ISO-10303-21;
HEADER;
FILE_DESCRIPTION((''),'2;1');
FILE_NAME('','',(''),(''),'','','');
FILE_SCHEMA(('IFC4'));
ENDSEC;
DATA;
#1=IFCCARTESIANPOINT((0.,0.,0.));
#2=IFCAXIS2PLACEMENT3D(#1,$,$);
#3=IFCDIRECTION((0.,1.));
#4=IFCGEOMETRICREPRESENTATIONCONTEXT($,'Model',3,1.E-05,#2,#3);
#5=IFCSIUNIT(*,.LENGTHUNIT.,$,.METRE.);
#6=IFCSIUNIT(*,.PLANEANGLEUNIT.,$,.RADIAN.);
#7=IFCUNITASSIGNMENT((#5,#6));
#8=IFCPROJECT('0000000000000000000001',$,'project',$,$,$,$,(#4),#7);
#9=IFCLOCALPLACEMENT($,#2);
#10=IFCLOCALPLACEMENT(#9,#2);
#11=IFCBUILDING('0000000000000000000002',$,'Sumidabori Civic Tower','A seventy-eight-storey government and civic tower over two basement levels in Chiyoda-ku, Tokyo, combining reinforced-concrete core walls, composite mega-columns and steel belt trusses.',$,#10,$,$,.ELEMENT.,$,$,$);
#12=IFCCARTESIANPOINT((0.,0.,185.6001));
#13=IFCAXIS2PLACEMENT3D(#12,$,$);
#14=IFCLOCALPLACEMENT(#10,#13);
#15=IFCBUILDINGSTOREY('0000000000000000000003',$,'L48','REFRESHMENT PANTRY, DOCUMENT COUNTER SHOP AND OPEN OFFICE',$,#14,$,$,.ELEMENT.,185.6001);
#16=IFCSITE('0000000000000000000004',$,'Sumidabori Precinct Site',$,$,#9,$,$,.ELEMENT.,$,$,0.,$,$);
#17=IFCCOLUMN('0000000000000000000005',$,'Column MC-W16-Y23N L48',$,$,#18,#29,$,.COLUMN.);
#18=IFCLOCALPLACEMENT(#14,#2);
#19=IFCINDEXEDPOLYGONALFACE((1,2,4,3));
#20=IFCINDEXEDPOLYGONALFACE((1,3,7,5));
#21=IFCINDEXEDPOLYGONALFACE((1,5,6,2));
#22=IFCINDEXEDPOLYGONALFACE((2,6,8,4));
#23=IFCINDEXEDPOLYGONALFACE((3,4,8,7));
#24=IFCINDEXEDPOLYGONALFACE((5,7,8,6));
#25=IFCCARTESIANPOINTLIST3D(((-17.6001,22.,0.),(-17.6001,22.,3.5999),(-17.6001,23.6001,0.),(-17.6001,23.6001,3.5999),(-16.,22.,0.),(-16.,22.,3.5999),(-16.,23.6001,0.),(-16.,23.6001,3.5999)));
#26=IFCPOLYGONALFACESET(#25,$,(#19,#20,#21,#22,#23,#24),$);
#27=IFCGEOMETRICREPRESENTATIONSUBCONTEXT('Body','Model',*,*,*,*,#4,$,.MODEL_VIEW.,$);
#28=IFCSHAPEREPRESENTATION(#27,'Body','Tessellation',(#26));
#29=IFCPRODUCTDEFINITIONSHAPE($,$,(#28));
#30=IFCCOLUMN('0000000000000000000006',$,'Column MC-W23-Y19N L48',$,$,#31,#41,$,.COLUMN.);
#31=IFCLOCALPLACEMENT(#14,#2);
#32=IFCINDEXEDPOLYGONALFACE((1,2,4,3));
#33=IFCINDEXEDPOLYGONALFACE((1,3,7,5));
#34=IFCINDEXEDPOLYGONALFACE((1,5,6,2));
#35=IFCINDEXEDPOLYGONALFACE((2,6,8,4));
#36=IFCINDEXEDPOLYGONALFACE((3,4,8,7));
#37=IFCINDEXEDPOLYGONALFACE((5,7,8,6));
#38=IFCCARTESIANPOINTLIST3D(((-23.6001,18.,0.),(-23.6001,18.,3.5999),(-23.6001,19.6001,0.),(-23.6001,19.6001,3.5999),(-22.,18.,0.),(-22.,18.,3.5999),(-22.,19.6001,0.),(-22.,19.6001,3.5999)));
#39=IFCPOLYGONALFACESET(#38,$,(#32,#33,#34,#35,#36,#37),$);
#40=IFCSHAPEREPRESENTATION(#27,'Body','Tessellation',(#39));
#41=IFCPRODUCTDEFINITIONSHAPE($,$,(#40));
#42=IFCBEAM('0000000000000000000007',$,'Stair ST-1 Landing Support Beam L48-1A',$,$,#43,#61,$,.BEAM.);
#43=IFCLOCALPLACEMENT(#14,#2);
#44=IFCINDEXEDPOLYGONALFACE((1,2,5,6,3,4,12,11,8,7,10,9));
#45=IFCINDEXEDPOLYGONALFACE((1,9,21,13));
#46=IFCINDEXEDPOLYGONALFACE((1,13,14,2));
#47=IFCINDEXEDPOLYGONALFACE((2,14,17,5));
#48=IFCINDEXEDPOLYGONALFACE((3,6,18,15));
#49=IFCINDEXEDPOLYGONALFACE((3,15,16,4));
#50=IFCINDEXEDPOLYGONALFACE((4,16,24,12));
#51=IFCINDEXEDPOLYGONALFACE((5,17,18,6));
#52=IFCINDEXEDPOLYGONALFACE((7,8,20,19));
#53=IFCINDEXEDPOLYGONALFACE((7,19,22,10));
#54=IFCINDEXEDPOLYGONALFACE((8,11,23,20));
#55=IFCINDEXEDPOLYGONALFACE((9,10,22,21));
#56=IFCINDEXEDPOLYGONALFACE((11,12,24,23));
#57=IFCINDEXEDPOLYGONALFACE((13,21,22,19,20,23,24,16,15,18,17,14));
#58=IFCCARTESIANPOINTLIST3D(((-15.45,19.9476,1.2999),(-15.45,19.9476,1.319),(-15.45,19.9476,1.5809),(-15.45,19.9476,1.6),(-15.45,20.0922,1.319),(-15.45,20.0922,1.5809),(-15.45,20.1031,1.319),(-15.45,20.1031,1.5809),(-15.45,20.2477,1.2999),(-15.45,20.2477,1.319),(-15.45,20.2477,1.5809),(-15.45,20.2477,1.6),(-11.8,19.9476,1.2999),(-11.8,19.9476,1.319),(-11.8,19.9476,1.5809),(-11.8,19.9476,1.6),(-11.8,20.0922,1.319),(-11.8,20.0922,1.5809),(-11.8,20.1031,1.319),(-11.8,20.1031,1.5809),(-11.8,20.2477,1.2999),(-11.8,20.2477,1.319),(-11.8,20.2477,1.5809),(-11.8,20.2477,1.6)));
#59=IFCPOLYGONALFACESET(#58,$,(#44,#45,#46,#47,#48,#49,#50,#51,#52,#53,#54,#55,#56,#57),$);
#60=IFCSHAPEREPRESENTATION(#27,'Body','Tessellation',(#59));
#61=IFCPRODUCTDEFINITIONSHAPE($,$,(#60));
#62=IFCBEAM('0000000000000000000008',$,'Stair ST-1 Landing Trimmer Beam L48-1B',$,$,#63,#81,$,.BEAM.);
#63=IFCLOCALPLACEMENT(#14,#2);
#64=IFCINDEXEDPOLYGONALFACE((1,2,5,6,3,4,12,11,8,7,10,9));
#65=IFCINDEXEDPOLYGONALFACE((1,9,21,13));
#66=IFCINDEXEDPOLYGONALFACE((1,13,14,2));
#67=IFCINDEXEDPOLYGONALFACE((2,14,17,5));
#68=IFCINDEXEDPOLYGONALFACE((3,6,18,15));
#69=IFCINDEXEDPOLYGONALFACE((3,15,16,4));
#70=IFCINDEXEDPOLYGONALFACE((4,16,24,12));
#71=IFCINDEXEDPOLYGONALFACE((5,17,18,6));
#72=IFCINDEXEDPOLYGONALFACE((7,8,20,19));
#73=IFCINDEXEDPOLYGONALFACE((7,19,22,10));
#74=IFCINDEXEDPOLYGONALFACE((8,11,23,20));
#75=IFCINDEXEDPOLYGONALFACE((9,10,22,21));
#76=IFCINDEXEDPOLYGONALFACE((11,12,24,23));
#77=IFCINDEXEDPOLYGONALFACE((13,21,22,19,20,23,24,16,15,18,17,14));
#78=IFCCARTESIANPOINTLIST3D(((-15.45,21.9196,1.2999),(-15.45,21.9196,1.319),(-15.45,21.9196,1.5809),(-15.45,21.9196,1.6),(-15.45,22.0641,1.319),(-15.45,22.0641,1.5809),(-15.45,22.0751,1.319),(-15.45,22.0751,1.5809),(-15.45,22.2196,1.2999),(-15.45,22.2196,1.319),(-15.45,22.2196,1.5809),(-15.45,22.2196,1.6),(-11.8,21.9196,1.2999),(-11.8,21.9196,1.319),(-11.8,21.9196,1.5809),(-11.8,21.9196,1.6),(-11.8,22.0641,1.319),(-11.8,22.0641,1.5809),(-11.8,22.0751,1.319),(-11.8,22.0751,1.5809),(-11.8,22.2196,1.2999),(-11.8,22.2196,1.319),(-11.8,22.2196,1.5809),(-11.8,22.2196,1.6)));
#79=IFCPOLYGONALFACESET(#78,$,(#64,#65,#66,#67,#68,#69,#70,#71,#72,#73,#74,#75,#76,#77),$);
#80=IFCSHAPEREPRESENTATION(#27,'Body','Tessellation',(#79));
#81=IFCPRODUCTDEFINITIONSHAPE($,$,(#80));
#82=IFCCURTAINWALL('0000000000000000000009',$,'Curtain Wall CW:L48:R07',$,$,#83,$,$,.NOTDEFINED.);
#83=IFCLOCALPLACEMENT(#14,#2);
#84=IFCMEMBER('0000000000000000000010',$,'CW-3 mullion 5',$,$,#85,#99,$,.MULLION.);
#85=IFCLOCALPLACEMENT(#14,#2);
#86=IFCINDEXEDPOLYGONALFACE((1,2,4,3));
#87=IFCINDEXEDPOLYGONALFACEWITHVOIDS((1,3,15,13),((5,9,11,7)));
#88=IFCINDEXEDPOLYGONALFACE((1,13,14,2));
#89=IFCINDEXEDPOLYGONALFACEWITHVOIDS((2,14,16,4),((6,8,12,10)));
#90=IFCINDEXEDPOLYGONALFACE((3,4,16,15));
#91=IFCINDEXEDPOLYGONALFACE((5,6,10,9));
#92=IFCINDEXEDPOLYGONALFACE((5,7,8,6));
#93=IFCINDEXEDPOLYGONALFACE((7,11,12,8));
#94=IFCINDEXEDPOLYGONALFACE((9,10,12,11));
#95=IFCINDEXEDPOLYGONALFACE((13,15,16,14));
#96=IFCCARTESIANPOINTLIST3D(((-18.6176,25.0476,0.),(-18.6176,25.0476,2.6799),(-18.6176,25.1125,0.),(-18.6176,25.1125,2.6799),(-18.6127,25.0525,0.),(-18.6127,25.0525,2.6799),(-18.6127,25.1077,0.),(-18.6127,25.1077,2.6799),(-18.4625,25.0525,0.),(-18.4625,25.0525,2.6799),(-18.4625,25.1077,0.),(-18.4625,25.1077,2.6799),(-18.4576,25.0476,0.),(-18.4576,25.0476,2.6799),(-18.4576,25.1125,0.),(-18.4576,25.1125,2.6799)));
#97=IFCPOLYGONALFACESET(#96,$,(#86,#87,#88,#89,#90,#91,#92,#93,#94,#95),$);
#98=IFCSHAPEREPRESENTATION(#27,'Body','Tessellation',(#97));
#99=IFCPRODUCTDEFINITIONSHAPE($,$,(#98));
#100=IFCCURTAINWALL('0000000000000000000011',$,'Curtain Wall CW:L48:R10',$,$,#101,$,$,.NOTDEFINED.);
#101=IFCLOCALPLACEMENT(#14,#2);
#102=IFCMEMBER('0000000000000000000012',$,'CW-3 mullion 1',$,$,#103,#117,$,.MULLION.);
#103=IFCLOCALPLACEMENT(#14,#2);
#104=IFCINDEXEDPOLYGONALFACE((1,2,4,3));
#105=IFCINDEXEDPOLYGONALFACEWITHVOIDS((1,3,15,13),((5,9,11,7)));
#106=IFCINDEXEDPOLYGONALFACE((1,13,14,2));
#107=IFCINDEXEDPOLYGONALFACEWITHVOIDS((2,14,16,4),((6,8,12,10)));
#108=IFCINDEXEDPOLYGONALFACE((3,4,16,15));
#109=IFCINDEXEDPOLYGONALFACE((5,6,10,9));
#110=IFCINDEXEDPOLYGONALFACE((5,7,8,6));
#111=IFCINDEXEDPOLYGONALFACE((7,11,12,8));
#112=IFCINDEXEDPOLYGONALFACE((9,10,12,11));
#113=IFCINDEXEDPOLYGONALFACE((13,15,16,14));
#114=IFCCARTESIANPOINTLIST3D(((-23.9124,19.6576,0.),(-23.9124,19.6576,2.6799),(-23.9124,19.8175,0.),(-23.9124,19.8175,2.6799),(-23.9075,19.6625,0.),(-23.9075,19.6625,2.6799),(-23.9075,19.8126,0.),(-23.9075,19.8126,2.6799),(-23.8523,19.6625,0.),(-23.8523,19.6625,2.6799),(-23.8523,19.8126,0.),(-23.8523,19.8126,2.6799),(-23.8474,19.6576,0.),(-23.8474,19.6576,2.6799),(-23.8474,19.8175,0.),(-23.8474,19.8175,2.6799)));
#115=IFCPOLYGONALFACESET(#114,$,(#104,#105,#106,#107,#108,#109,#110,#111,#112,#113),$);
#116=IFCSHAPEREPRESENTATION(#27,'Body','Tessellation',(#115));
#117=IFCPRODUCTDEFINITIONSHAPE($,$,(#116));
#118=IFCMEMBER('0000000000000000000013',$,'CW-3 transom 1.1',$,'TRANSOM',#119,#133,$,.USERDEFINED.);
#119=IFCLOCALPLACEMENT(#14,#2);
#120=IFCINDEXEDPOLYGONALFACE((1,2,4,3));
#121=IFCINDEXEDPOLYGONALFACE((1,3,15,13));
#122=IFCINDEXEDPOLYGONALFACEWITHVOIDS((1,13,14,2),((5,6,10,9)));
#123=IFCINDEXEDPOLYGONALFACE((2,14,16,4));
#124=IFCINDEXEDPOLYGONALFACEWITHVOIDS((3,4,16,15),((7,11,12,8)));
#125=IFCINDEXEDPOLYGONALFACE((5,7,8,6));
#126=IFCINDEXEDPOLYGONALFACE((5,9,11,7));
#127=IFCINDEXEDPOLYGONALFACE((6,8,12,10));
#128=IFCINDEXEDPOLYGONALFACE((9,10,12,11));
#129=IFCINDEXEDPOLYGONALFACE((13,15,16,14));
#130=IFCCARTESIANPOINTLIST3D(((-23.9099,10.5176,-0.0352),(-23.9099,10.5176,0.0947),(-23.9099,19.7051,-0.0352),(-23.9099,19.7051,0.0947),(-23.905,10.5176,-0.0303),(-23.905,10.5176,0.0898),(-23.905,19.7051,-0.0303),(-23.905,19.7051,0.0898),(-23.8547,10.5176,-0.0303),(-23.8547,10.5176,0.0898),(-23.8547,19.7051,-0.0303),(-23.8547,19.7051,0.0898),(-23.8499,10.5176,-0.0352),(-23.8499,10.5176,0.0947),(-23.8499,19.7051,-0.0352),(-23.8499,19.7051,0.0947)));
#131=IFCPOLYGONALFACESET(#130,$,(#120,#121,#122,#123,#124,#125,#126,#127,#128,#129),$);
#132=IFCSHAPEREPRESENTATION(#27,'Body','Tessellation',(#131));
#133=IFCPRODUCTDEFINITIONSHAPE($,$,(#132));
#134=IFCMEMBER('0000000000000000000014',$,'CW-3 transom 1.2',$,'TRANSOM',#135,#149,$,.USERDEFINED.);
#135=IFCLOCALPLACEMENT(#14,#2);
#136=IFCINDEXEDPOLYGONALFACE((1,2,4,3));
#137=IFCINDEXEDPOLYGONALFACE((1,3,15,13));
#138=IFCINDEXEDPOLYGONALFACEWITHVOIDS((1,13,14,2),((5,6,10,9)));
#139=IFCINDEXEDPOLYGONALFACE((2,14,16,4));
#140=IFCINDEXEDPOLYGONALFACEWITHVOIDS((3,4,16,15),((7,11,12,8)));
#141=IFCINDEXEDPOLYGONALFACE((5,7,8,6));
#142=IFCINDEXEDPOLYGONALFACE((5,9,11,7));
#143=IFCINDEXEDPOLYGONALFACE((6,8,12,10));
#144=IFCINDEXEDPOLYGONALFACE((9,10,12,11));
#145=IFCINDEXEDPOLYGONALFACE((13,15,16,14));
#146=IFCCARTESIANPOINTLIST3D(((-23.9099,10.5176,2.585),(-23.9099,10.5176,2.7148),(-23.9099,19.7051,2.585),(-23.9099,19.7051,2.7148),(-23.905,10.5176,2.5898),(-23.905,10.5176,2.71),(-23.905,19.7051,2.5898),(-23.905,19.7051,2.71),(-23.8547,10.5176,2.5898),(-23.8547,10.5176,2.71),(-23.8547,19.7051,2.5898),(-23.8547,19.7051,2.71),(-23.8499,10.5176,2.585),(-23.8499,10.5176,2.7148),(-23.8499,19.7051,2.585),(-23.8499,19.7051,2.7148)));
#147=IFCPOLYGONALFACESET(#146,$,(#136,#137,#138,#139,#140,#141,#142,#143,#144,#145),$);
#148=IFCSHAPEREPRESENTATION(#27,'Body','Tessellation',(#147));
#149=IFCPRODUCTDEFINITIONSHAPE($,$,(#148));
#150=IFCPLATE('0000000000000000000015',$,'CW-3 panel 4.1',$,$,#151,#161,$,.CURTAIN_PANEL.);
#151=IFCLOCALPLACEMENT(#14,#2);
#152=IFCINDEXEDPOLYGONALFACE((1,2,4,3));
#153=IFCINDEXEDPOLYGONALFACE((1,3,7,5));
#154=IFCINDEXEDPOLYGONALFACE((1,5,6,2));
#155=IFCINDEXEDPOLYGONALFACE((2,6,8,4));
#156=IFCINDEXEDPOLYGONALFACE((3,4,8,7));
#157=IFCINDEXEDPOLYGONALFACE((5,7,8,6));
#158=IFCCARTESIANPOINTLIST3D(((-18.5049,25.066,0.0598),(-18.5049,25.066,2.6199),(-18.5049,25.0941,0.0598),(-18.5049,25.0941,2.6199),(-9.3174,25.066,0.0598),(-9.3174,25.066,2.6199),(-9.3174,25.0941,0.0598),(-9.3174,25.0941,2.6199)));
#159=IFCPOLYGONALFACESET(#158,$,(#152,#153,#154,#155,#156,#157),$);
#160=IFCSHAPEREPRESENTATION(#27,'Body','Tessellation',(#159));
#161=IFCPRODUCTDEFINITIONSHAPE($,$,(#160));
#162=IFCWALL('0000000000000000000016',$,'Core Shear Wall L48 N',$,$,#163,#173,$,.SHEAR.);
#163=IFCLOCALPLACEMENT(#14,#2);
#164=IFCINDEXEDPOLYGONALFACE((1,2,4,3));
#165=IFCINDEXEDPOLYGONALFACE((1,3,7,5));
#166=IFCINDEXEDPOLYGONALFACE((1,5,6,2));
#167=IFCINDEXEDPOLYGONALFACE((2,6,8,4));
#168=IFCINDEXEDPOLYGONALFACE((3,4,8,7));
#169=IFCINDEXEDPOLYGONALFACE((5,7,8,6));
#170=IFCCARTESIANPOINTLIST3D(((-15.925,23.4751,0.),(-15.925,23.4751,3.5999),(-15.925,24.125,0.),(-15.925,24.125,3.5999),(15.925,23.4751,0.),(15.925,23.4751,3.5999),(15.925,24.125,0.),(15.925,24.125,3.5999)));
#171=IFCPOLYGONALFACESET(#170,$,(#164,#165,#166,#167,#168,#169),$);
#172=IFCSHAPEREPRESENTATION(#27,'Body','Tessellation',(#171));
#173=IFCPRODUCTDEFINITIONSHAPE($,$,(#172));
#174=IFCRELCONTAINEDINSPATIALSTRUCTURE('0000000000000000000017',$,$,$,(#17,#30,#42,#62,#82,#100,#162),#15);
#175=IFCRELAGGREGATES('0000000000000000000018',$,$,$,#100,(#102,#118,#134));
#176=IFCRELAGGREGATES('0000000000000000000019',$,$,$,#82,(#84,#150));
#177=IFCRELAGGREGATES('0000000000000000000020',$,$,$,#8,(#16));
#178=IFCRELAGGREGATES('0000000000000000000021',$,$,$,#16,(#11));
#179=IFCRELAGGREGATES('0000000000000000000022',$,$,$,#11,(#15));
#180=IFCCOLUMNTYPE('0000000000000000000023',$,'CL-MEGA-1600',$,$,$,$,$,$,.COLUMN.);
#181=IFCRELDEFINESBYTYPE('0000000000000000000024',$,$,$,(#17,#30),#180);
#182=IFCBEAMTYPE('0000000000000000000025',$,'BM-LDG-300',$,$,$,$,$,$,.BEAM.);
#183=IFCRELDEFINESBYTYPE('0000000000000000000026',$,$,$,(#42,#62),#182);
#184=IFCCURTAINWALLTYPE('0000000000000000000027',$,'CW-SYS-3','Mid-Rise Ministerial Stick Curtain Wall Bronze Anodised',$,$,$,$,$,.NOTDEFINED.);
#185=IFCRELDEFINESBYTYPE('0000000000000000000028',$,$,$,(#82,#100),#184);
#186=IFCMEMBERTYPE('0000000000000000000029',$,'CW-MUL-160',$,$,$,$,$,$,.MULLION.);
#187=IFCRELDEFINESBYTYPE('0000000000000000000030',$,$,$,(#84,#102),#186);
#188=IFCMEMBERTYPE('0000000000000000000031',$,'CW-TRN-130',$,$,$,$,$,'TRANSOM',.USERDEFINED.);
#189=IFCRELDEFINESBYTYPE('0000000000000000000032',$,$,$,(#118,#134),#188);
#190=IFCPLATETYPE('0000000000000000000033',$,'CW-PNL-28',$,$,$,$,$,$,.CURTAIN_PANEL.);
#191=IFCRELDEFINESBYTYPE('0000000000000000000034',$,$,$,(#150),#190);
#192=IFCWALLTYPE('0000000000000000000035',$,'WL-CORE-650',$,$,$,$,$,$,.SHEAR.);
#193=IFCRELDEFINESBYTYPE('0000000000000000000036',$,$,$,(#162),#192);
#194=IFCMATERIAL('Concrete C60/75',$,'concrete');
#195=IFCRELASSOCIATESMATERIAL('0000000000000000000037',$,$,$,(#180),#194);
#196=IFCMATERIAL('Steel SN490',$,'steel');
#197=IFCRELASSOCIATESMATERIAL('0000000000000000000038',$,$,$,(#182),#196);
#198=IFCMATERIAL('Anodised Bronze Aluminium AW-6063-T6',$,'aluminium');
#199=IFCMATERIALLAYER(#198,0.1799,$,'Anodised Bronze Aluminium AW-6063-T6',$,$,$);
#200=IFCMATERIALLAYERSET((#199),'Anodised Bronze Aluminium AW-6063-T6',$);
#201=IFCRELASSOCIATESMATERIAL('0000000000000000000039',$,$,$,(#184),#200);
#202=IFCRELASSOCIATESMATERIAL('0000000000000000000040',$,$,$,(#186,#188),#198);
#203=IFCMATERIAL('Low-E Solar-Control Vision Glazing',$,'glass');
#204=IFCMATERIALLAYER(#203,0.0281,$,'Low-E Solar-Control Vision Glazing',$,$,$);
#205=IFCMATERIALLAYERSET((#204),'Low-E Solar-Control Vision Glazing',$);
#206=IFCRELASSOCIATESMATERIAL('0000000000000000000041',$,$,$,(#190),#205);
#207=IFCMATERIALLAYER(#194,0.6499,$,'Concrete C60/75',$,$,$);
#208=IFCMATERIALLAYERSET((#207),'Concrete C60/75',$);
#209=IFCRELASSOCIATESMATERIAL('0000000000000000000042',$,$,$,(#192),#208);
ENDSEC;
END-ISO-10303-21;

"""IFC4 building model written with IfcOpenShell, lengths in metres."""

from ifc_helpers import new_model, si_unit, direction, frame, frame_2d, origin, origin_2d, place, context, subcontext, project, spatial, rectangle, hollow_rectangle, i_section, extrude, source, transform, mapped, material, layer, layer_set, material_profile, profile_set, type_object, element, aggregate, save


model = new_model("IFC4")

# Units and contexts
model_context = context("Model", 3, precision=1e-05, world=origin(), true_north=direction((0.0, 1.0)))
body_context = subcontext(model_context, "Body", "Model", "MODEL_VIEW")
ifc_project = project(units=[si_unit("LENGTHUNIT", "METRE"), si_unit("PLANEANGLEUNIT", "RADIAN")], contexts=[model_context])

# Site, building, storey
site_placement = place(None, origin())
site = spatial("IfcSite", under=ifc_project, at=site_placement, Name="Sumidabori Precinct Site", CompositionType="ELEMENT", RefElevation=0.0)
building_placement = place(site_placement, origin())
building = spatial("IfcBuilding", under=site, at=building_placement, Name="Sumidabori Civic Tower", Description="A seventy-eight-storey government and civic tower over two basement levels in Chiyoda-ku, Tokyo, combining reinforced-concrete core walls, composite mega-columns and steel belt trusses.", CompositionType="ELEMENT")
storey_placement = place(building_placement, frame((0.0, 0.0, 185.6001)))
storey = spatial("IfcBuildingStorey", under=building, at=storey_placement, Name="L48", Description="REFRESHMENT PANTRY, DOCUMENT COUNTER SHOP AND OPEN OFFICE", CompositionType="ELEMENT", Elevation=185.6001)

# Columns
ifc_material_1 = material(Name="Concrete C60/75", Category="concrete")
ifc_material_profile_1 = material_profile(ifc_material_1, rectangle(XDim=1.6001, YDim=1.6001, at=origin_2d()), Name="RC 1600x1600")
ifc_profile_set_1 = profile_set([ifc_material_profile_1], Name="Concrete C60/75")
column_type = type_object("IfcColumnType", Name="CL-MEGA-1600", PredefinedType="COLUMN", material=ifc_profile_set_1)
shared_shape_1 = source(origin(), body_context, "Body", "SweptSolid", [
    extrude(rectangle(XDim=1.6001, YDim=1.6001, at=origin_2d()), origin(), (0.0, 0.0, 1.0), 3.5999),
])
for number, where, z_axis, x_axis, name in (
    (1, (-16.8, 22.8, 0.0), (0.0, 0.0, 1.0), (1.0, 0.0, 0.0), "Column MC-W16-Y23N L48"),
    (2, (-22.8, 18.8, 0.0), (0.0, 0.0, 1.0), (1.0, 0.0, 0.0), "Column MC-W23-Y19N L48"),
):
    element("IfcColumn", number, at=place(storey_placement, frame(where, z_axis=z_axis, x_axis=x_axis)), inside=storey, type_object=column_type, Name=name, PredefinedType="COLUMN", context=body_context, shape_type="MappedRepresentation", body=[
        mapped(shared_shape_1, transform((0.0, 0.0, 0.0), x_axis=(1.0, 0.0, 0.0), y_axis=(0.0, 1.0, 0.0), z_axis=(0.0, 0.0, 1.0), scale=1.0)),
    ])

# Beams
ifc_material_2 = material(Name="Steel SN490", Category="steel")
ifc_material_profile_2 = material_profile(ifc_material_2, i_section(OverallWidth=0.3, OverallDepth=0.3, WebThickness=0.011, FlangeThickness=0.019, at=origin_2d()), Name="HE 300 B")
ifc_profile_set_2 = profile_set([ifc_material_profile_2], Name="Steel SN490")
beam_type = type_object("IfcBeamType", Name="BM-LDG-300", PredefinedType="BEAM", material=ifc_profile_set_2)
shared_shape_2 = source(origin(), body_context, "Body", "SweptSolid", [
    extrude(i_section(OverallWidth=0.3, OverallDepth=0.3, WebThickness=0.011, FlangeThickness=0.019, at=origin_2d()), origin(), (0.0, 0.0, 1.0), 3.6499),
])
for number, where, z_axis, x_axis, name in (
    (3, (-15.45, 20.0977, 1.45), (1.0, 0.0, 0.0), (0.0, 1.0, 0.0), "Stair ST-1 Landing Support Beam L48-1A"),
    (4, (-15.45, 22.0696, 1.45), (1.0, 0.0, 0.0), (0.0, 1.0, 0.0), "Stair ST-1 Landing Trimmer Beam L48-1B"),
):
    element("IfcBeam", number, at=place(storey_placement, frame(where, z_axis=z_axis, x_axis=x_axis)), inside=storey, type_object=beam_type, Name=name, PredefinedType="BEAM", context=body_context, shape_type="MappedRepresentation", body=[
        mapped(shared_shape_2, transform((0.0, 0.0, 0.0), x_axis=(1.0, 0.0, 0.0), y_axis=(0.0, 1.0, 0.0), z_axis=(0.0, 0.0, 1.0), scale=1.0)),
    ])

# Curtain wall, member
ifc_material_3 = material(Name="Anodised Bronze Aluminium AW-6063-T6", Category="aluminium")
ifc_layer_1 = layer(ifc_material_3, 0.1799, Name="Anodised Bronze Aluminium AW-6063-T6")
ifc_layer_set_1 = layer_set([ifc_layer_1], Name="Anodised Bronze Aluminium AW-6063-T6")
curtain_wall_type = type_object("IfcCurtainWallType", Name="CW-SYS-3", Description="Mid-Rise Ministerial Stick Curtain Wall Bronze Anodised", PredefinedType="NOTDEFINED", material=ifc_layer_set_1)
curtain_wall_1_placement = place(storey_placement, origin())
curtain_wall_1 = element("IfcCurtainWall", 5, at=curtain_wall_1_placement, inside=storey, type_object=curtain_wall_type, Name="Curtain Wall CW:L48:R07", PredefinedType="NOTDEFINED")
ifc_material_profile_3 = material_profile(ifc_material_3, hollow_rectangle(XDim=0.0649, YDim=0.1599, WallThickness=0.0049, at=origin_2d()), Name="ALU MULLION 160x65")
ifc_profile_set_3 = profile_set([ifc_material_profile_3], Name="Anodised Bronze Aluminium AW-6063-T6")
member_type_1 = type_object("IfcMemberType", Name="CW-MUL-160", PredefinedType="MULLION", material=ifc_profile_set_3)
shared_shape_3 = source(origin(), body_context, "Body", "SweptSolid", [
    extrude(hollow_rectangle(XDim=0.0649, YDim=0.1599, WallThickness=0.0049, at=origin_2d()), origin(), (0.0, 0.0, 1.0), 2.6799),
])
member_1_placement = place(storey_placement, frame((-18.5376, 25.0801, 0.0), z_axis=(0.0, 0.0, 1.0), x_axis=(0.0, -1.0, 0.0)))
member_1 = element("IfcMember", 6, at=member_1_placement, type_object=member_type_1, Name="CW-3 mullion 5", PredefinedType="MULLION", context=body_context, shape_type="MappedRepresentation", body=[
    mapped(shared_shape_3, transform((0.0, 0.0, 0.0), x_axis=(1.0, 0.0, 0.0), y_axis=(0.0, 1.0, 0.0), z_axis=(0.0, 0.0, 1.0), scale=1.0)),
])

# Curtain wall, members
curtain_wall_2_placement = place(storey_placement, origin())
curtain_wall_2 = element("IfcCurtainWall", 7, at=curtain_wall_2_placement, inside=storey, type_object=curtain_wall_type, Name="Curtain Wall CW:L48:R10", PredefinedType="NOTDEFINED")
member_2_placement = place(storey_placement, frame((-23.8799, 19.7375, 0.0), z_axis=(0.0, 0.0, 1.0), x_axis=(1.0, 0.0, 0.0)))
member_2 = element("IfcMember", 8, at=member_2_placement, type_object=member_type_1, Name="CW-3 mullion 1", PredefinedType="MULLION", context=body_context, shape_type="MappedRepresentation", body=[
    mapped(shared_shape_3, transform((0.0, 0.0, 0.0), x_axis=(1.0, 0.0, 0.0), y_axis=(0.0, 1.0, 0.0), z_axis=(0.0, 0.0, 1.0), scale=1.0)),
])
ifc_material_profile_4 = material_profile(ifc_material_3, hollow_rectangle(XDim=0.0601, YDim=0.1299, WallThickness=0.0049, at=origin_2d()), Name="ALU TRANSOM 130x60")
ifc_profile_set_4 = profile_set([ifc_material_profile_4], Name="Anodised Bronze Aluminium AW-6063-T6")
member_type_2 = type_object("IfcMemberType", Name="CW-TRN-130", ElementType="TRANSOM", PredefinedType="USERDEFINED", material=ifc_profile_set_4)
shared_shape_4 = source(origin(), body_context, "Body", "SweptSolid", [
    extrude(hollow_rectangle(XDim=0.0601, YDim=0.1299, WallThickness=0.0049, at=origin_2d()), origin(), (0.0, 0.0, 1.0), 9.1875),
])
member_3_placement = place(storey_placement, frame((-23.8799, 19.7051, 0.0298), z_axis=(0.0, -1.0, 0.0), x_axis=(1.0, 0.0, 0.0)))
member_3 = element("IfcMember", 9, at=member_3_placement, type_object=member_type_2, Name="CW-3 transom 1.1", ObjectType="TRANSOM", PredefinedType="USERDEFINED", context=body_context, shape_type="MappedRepresentation", body=[
    mapped(shared_shape_4, transform((0.0, 0.0, 0.0), x_axis=(1.0, 0.0, 0.0), y_axis=(0.0, 1.0, 0.0), z_axis=(0.0, 0.0, 1.0), scale=1.0)),
])
member_4_placement = place(storey_placement, frame((-23.8799, 19.7051, 2.6499), z_axis=(0.0, -1.0, 0.0), x_axis=(1.0, 0.0, 0.0)))
member_4 = element("IfcMember", 10, at=member_4_placement, type_object=member_type_2, Name="CW-3 transom 1.2", ObjectType="TRANSOM", PredefinedType="USERDEFINED", context=body_context, shape_type="MappedRepresentation", body=[
    mapped(shared_shape_4, transform((0.0, 0.0, 0.0), x_axis=(1.0, 0.0, 0.0), y_axis=(0.0, 1.0, 0.0), z_axis=(0.0, 0.0, 1.0), scale=1.0)),
])
aggregate(curtain_wall_2, [member_2, member_3, member_4])

# Plate
ifc_material_4 = material(Name="Low-E Solar-Control Vision Glazing", Category="glass")
ifc_layer_2 = layer(ifc_material_4, 0.0281, Name="Low-E Solar-Control Vision Glazing")
ifc_layer_set_2 = layer_set([ifc_layer_2], Name="Low-E Solar-Control Vision Glazing")
plate_type = type_object("IfcPlateType", Name="CW-PNL-28", PredefinedType="CURTAIN_PANEL", material=ifc_layer_set_2)
shared_shape_5 = source(origin(), body_context, "Body", "SweptSolid", [
    extrude(rectangle(XDim=9.1875, YDim=0.0281, at=origin_2d()), origin(), (0.0, 0.0, 1.0), 2.5601),
])
plate_placement = place(storey_placement, frame((-13.9111, 25.0801, 0.0598), z_axis=(0.0, 0.0, 1.0), x_axis=(-1.0, 0.0, 0.0)))
plate = element("IfcPlate", 11, at=plate_placement, type_object=plate_type, Name="CW-3 panel 4.1", PredefinedType="CURTAIN_PANEL", context=body_context, shape_type="MappedRepresentation", body=[
    mapped(shared_shape_5, transform((0.0, 0.0, 0.0), x_axis=(1.0, 0.0, 0.0), y_axis=(0.0, 1.0, 0.0), z_axis=(0.0, 0.0, 1.0), scale=1.0)),
])
aggregate(curtain_wall_1, [member_1, plate])

# Wall
ifc_layer_3 = layer(ifc_material_1, 0.6499, Name="Concrete C60/75")
ifc_layer_set_3 = layer_set([ifc_layer_3], Name="Concrete C60/75")
wall_type_1 = type_object("IfcWallType", Name="WL-CORE-650", PredefinedType="SHEAR", material=ifc_layer_set_3)
shared_shape_6 = source(origin(), body_context, "Body", "SweptSolid", [
    extrude(rectangle(XDim=31.8501, YDim=0.6499, at=frame_2d((15.925, 0.0))), origin(), (0.0, 0.0, 1.0), 3.5999),
])
wall_placement = place(storey_placement, frame((-15.925, 23.8, 0.0), z_axis=(0.0, 0.0, 1.0), x_axis=(1.0, 0.0, 0.0)))
element("IfcWall", 12, at=wall_placement, inside=storey, type_object=wall_type_1, Name="Core Shear Wall L48 N", PredefinedType="SHEAR", context=body_context, shape_type="MappedRepresentation", body=[
    mapped(shared_shape_6, transform((0.0, 0.0, 0.0), x_axis=(1.0, 0.0, 0.0), y_axis=(0.0, 1.0, 0.0), z_axis=(0.0, 0.0, 1.0), scale=1.0)),
])

save(model, "model.ifc")
